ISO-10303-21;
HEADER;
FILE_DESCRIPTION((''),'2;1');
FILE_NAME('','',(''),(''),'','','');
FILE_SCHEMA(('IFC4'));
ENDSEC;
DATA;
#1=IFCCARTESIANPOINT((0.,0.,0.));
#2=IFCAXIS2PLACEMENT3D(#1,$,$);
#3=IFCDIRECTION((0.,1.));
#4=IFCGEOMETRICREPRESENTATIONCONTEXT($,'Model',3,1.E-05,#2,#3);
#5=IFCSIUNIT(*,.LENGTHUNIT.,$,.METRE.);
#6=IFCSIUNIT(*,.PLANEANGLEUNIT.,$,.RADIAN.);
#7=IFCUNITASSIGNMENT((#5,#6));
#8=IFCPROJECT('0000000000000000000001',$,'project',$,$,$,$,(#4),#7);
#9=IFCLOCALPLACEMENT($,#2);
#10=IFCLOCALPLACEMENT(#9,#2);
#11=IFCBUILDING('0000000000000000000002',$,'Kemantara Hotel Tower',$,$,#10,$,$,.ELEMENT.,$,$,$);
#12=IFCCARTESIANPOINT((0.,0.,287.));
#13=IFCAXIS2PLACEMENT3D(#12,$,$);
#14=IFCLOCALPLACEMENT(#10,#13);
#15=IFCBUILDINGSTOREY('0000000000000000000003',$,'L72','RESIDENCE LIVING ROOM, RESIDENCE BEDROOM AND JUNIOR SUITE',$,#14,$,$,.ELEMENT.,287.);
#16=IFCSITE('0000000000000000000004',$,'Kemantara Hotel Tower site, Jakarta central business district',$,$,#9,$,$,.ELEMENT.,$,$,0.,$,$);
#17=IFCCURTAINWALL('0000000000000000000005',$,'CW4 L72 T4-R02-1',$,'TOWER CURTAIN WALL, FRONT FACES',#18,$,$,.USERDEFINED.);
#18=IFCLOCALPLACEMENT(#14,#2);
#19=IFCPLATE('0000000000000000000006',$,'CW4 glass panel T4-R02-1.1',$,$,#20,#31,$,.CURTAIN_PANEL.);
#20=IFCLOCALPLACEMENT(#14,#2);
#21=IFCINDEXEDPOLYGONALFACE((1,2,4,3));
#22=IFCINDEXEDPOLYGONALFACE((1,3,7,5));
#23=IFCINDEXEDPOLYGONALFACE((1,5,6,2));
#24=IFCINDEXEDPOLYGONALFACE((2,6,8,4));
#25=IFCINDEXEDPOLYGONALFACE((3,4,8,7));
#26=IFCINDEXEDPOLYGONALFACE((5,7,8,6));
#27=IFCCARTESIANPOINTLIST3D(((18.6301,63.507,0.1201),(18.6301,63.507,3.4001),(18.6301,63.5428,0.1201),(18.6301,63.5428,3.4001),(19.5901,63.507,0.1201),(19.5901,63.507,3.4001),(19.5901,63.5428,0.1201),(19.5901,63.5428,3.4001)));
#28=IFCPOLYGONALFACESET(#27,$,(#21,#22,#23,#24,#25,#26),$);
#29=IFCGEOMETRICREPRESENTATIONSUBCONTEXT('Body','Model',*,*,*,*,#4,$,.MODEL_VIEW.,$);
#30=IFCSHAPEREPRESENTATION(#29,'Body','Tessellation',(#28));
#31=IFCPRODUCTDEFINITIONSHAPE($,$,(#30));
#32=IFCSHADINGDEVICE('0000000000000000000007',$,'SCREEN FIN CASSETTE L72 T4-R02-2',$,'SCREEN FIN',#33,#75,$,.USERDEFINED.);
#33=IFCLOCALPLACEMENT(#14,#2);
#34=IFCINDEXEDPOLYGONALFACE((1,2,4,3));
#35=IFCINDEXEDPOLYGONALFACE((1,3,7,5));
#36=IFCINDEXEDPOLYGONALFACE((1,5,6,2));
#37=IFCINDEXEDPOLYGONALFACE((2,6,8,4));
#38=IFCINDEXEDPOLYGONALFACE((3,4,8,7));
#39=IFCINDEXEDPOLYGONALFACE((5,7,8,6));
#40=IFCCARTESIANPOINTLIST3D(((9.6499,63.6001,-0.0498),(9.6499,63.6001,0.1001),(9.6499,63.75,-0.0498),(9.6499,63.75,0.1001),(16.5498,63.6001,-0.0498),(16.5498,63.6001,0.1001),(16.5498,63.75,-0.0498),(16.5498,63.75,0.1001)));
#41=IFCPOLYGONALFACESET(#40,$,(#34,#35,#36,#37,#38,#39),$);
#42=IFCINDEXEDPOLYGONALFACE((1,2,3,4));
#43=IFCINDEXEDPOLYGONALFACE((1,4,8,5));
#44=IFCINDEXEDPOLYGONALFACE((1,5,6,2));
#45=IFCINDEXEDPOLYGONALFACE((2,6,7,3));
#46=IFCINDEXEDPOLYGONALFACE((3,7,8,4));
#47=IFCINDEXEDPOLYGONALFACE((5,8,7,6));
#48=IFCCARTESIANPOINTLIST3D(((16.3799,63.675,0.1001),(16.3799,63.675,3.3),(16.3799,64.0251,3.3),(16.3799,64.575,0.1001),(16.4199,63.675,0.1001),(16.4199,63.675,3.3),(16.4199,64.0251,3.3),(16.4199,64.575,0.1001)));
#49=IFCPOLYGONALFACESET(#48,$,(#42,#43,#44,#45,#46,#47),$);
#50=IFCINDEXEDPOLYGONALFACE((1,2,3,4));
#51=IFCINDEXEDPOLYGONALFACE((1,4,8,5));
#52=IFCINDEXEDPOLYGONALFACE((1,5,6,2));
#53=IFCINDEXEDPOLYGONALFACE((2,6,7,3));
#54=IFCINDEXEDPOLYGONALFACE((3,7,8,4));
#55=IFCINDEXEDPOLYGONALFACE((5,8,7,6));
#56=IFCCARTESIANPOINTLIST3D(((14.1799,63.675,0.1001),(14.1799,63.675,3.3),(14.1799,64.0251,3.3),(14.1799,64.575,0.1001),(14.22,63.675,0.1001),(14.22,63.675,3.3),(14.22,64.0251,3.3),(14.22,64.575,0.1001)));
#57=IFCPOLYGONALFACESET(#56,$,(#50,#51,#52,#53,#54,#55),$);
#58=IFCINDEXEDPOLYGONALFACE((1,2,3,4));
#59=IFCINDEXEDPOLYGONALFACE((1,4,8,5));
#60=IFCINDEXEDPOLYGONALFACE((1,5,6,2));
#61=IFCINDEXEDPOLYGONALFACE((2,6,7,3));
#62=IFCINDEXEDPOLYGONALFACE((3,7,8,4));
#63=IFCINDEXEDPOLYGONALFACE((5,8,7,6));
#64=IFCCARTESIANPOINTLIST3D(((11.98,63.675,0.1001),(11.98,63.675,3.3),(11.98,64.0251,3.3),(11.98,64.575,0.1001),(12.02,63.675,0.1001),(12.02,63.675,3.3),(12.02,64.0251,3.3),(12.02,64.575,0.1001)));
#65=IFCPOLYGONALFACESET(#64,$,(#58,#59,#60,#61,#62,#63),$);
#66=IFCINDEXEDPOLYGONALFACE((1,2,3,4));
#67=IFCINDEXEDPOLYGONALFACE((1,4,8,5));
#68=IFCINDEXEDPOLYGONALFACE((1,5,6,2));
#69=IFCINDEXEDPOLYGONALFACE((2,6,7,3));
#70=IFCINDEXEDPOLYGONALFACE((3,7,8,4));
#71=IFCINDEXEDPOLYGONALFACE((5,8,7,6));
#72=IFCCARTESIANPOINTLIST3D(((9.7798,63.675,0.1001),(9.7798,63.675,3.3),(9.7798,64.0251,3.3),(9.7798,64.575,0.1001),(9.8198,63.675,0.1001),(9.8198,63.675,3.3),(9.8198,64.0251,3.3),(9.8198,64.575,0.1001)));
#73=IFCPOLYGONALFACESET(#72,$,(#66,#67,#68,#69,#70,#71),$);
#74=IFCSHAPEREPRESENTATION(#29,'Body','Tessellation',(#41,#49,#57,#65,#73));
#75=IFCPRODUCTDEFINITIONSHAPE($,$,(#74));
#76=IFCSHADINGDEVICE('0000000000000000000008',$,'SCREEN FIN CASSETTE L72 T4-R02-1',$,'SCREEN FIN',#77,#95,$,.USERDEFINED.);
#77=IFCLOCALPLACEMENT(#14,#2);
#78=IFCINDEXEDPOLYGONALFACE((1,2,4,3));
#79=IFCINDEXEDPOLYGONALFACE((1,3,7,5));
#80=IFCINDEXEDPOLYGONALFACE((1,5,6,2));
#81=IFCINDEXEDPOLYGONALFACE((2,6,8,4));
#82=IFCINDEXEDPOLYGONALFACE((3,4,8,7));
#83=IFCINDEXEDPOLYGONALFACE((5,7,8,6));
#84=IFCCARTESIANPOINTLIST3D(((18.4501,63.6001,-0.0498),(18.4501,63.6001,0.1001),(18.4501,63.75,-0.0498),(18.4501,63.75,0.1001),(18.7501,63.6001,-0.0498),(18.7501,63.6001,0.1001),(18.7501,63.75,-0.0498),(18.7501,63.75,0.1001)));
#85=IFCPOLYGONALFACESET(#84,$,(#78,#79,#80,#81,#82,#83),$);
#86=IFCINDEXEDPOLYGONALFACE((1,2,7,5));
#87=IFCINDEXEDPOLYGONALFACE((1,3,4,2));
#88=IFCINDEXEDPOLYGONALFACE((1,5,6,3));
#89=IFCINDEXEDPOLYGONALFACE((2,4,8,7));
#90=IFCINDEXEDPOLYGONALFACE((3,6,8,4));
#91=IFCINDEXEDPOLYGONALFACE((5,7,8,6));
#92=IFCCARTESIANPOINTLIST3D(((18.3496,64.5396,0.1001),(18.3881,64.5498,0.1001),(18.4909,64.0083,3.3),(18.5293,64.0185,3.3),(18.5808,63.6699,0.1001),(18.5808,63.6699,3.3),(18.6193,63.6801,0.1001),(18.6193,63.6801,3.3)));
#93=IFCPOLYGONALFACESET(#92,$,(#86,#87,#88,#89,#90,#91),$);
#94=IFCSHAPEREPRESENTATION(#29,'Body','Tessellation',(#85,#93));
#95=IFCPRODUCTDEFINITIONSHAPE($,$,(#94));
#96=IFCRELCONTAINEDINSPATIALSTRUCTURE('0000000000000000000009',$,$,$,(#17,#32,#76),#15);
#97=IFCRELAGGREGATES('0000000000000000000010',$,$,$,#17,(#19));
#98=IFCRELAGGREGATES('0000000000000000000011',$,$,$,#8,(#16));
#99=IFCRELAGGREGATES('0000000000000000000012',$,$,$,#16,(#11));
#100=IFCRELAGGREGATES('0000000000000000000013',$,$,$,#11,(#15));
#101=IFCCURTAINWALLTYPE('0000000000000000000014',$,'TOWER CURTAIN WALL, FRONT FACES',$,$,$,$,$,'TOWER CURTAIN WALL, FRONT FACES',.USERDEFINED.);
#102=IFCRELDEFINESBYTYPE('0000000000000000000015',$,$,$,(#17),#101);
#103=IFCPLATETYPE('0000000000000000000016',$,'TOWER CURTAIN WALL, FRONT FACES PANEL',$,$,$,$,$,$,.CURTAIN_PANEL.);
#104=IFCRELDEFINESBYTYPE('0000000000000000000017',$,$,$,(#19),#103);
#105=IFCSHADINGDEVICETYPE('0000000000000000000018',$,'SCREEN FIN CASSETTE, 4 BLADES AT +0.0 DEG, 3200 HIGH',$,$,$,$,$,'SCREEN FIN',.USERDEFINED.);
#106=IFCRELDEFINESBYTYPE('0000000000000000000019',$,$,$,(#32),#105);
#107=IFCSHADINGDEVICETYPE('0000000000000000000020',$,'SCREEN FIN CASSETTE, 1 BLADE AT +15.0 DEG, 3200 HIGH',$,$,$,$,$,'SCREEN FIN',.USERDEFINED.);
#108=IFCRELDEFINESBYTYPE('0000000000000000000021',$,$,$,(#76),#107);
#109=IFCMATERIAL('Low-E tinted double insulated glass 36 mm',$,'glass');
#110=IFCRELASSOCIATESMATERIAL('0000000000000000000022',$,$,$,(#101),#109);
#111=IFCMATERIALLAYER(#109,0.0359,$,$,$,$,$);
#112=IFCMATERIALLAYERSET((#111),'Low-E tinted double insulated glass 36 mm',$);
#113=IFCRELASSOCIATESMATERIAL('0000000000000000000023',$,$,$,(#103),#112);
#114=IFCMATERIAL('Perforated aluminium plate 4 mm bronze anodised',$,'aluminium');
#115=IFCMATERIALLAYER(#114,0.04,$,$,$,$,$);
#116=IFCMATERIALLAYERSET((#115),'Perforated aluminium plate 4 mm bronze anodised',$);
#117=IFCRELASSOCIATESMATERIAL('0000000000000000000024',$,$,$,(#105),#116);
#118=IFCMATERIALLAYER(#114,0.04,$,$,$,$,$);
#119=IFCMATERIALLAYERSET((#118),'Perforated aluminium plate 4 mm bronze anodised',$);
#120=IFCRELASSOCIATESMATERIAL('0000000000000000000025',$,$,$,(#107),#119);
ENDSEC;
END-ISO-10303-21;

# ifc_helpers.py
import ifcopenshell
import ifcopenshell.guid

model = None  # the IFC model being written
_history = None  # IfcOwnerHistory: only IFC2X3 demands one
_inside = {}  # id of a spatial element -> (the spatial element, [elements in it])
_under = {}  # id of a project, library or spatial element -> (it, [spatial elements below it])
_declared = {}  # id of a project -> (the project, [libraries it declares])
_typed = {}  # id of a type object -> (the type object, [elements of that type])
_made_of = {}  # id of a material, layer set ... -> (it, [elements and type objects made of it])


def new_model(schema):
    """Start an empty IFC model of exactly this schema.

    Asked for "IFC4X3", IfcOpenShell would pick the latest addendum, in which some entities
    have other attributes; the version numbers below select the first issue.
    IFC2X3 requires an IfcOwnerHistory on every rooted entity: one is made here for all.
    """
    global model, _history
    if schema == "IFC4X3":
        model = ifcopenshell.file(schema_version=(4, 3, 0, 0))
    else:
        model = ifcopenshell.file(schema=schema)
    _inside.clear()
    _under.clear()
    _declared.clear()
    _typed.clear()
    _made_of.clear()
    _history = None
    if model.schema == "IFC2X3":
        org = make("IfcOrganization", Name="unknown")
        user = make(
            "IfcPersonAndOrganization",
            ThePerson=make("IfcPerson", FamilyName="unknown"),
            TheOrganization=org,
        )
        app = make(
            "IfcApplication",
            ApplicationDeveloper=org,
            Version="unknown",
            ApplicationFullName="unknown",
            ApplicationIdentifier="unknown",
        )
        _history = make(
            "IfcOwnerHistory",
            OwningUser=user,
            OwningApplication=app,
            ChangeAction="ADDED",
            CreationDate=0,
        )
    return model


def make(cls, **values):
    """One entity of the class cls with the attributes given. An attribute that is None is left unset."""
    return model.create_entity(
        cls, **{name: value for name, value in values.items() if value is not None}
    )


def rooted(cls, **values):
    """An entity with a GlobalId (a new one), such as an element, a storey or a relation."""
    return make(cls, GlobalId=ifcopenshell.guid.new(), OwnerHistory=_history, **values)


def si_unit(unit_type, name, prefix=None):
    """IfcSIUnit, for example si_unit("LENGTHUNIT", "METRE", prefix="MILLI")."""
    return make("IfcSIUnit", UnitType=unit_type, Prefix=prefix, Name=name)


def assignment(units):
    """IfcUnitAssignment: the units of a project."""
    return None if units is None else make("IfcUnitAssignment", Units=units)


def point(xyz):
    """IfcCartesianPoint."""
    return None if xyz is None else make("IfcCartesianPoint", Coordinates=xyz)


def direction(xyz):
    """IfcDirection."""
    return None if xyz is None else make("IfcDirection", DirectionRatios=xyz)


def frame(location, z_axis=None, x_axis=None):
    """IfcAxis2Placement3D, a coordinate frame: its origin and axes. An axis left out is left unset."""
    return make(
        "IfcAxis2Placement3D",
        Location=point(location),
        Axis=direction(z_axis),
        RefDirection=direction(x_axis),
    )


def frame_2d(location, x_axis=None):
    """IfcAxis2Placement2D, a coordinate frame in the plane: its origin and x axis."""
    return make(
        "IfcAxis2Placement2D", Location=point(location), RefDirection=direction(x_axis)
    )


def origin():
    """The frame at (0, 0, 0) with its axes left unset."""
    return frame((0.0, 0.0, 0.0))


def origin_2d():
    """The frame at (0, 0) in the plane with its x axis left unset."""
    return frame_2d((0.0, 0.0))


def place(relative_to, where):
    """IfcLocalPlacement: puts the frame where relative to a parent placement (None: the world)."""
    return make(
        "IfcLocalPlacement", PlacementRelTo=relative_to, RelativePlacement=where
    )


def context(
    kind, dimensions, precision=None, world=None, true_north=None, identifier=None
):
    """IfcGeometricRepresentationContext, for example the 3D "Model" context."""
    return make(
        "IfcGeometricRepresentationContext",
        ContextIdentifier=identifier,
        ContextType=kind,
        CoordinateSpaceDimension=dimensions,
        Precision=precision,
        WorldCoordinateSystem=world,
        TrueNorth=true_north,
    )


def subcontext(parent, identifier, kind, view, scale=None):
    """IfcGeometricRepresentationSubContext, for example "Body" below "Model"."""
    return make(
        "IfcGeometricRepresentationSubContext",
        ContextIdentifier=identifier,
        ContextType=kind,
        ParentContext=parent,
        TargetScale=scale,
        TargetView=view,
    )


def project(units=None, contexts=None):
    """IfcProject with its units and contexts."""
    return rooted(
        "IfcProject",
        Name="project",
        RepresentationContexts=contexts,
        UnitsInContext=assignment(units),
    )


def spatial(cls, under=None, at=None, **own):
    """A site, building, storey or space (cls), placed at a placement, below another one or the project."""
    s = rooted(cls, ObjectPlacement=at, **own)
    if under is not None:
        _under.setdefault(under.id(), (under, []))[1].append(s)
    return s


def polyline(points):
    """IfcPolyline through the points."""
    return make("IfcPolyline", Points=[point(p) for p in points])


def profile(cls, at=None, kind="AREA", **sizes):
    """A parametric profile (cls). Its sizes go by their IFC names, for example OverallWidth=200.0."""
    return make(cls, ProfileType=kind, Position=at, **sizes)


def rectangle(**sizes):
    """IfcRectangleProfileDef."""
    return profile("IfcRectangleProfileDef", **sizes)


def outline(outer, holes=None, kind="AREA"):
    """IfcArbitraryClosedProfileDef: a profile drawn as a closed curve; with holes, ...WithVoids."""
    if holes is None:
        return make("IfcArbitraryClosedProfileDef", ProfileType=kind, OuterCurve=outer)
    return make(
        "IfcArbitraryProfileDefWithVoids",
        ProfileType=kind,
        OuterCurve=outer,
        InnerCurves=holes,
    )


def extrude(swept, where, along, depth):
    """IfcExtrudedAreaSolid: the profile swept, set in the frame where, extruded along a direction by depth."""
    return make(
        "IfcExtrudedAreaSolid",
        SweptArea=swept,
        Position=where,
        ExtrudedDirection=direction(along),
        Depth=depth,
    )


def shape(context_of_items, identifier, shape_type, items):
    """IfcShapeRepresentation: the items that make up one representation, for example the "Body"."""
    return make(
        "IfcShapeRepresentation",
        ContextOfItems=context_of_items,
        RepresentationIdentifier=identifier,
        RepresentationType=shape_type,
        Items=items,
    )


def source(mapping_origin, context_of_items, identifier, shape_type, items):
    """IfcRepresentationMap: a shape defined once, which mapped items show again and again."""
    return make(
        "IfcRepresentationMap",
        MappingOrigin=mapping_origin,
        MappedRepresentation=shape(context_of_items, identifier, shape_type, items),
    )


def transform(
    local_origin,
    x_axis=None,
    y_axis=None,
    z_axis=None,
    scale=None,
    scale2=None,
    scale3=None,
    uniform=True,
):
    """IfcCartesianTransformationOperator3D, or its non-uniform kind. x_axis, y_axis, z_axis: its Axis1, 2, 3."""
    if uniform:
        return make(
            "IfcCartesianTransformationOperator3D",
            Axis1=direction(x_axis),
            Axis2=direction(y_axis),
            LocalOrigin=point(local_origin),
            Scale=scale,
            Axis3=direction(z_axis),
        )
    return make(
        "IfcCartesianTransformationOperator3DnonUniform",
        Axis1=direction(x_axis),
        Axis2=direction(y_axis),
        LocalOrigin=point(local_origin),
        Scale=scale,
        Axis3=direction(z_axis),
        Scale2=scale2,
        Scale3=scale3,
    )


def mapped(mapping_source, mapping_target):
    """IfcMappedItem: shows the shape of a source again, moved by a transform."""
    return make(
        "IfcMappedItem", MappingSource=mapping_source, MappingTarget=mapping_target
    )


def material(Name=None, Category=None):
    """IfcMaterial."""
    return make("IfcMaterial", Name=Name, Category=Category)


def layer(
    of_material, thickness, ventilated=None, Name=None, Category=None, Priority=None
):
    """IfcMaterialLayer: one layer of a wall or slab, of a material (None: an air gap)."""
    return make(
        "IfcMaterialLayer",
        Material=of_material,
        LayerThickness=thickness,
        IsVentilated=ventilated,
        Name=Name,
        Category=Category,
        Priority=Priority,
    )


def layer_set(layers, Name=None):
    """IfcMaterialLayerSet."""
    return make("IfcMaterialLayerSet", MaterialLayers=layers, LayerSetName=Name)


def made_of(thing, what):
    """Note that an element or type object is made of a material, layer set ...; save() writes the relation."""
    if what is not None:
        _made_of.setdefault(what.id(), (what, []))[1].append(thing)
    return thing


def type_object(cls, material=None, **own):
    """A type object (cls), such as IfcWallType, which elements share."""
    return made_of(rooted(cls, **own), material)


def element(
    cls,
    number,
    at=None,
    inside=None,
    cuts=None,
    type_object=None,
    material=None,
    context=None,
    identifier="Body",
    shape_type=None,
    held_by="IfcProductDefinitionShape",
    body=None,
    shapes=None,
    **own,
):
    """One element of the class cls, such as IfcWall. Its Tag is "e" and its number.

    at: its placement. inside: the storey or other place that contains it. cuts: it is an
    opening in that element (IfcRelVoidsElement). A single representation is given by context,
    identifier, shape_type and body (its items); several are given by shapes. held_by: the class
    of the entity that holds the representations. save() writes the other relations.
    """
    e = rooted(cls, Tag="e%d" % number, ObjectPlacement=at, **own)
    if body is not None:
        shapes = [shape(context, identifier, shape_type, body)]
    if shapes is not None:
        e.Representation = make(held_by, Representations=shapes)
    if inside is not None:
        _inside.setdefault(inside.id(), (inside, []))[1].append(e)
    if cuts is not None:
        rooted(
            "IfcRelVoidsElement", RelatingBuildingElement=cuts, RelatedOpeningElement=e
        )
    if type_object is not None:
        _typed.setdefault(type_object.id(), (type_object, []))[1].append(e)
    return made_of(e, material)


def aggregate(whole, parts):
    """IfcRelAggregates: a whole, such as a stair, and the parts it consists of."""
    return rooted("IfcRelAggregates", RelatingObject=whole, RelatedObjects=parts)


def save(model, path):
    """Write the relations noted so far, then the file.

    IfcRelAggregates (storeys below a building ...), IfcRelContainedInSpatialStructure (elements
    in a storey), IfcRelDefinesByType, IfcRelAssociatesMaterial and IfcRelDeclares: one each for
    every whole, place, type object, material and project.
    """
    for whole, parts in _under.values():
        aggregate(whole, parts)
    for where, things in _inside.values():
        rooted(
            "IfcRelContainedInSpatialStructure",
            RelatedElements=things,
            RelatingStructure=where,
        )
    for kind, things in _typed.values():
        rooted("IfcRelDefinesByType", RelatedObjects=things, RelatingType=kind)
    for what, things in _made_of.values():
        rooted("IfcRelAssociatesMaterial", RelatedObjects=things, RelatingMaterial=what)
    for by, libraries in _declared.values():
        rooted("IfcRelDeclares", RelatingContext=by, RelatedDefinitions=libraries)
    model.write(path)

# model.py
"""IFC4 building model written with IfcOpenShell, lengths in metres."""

from ifc_helpers import new_model, si_unit, direction, frame, origin, origin_2d, place, context, subcontext, project, spatial, polyline, rectangle, outline, extrude, source, transform, mapped, material, layer, layer_set, type_object, element, aggregate, save


model = new_model("IFC4")

# Units and contexts
model_context = context("Model", 3, precision=1e-05, world=origin(), true_north=direction((0.0, 1.0)))
body_context = subcontext(model_context, "Body", "Model", "MODEL_VIEW")
ifc_project = project(units=[si_unit("LENGTHUNIT", "METRE"), si_unit("PLANEANGLEUNIT", "RADIAN")], contexts=[model_context])

# Site, building, storey
site_placement = place(None, origin())
site = spatial("IfcSite", under=ifc_project, at=site_placement, Name="Kemantara Hotel Tower site, Jakarta central business district", CompositionType="ELEMENT", RefElevation=0.0)
building_placement = place(site_placement, origin())
building = spatial("IfcBuilding", under=site, at=building_placement, Name="Kemantara Hotel Tower", CompositionType="ELEMENT")
storey_placement = place(building_placement, frame((0.0, 0.0, 287.0)))
storey = spatial("IfcBuildingStorey", under=building, at=storey_placement, Name="L72", Description="RESIDENCE LIVING ROOM, RESIDENCE BEDROOM AND JUNIOR SUITE", CompositionType="ELEMENT", Elevation=287.0)

# Curtain wall
ifc_material_1 = material(Name="Low-E tinted double insulated glass 36 mm", Category="glass")
curtain_wall_type = type_object("IfcCurtainWallType", Name="TOWER CURTAIN WALL, FRONT FACES", ElementType="TOWER CURTAIN WALL, FRONT FACES", PredefinedType="USERDEFINED", material=ifc_material_1)
curtain_wall_1_placement = place(storey_placement, origin())
curtain_wall_1 = element("IfcCurtainWall", 1, at=curtain_wall_1_placement, inside=storey, type_object=curtain_wall_type, Name="CW4 L72 T4-R02-1", ObjectType="TOWER CURTAIN WALL, FRONT FACES", PredefinedType="USERDEFINED")

# Plate
ifc_layer_1 = layer(ifc_material_1, 0.0359)
ifc_layer_set_1 = layer_set([ifc_layer_1], Name="Low-E tinted double insulated glass 36 mm")
plate_type = type_object("IfcPlateType", Name="TOWER CURTAIN WALL, FRONT FACES PANEL", PredefinedType="CURTAIN_PANEL", material=ifc_layer_set_1)
shared_shape_1 = source(origin(), body_context, "Body", "SweptSolid", [
    extrude(rectangle(XDim=0.96, YDim=0.0359, at=origin_2d()), origin(), (0.0, 0.0, 1.0), 3.28),
])
plate_1_placement = place(storey_placement, frame((19.1101, 63.5249, 0.1201), z_axis=(0.0, 0.0, 1.0), x_axis=(-1.0, 0.0, 0.0)))
plate_1 = element("IfcPlate", 2, at=plate_1_placement, type_object=plate_type, Name="CW4 glass panel T4-R02-1.1", PredefinedType="CURTAIN_PANEL", context=body_context, shape_type="MappedRepresentation", body=[
    mapped(shared_shape_1, transform((0.0, 0.0, 0.0))),
])
aggregate(curtain_wall_1, [plate_1])

# Shading devices
ifc_material_2 = material(Name="Perforated aluminium plate 4 mm bronze anodised", Category="aluminium")
ifc_layer_2 = layer(ifc_material_2, 0.04)
ifc_layer_set_2 = layer_set([ifc_layer_2], Name="Perforated aluminium plate 4 mm bronze anodised")
shading_device_type_1 = type_object("IfcShadingDeviceType", Name="SCREEN FIN CASSETTE, 4 BLADES AT +0.0 DEG, 3200 HIGH", ElementType="SCREEN FIN", PredefinedType="USERDEFINED", material=ifc_layer_set_2)
shared_shape_2 = source(origin(), body_context, "Body", "SweptSolid", [
    extrude(rectangle(XDim=6.8999, YDim=0.1499, at=origin_2d()), frame((3.3, -0.075, -0.1499), z_axis=(0.0, 0.0, 1.0), x_axis=(1.0, 0.0, 0.0)), (0.0, 0.0, 1.0), 0.1499),
    extrude(outline(polyline([(0.0, 0.0), (0.8999, 0.0), (0.3501, 3.2), (0.0, 3.2), (0.0, 0.0)])), frame((0.02, -0.075, 0.0), z_axis=(-1.0, 0.0, 0.0), x_axis=(0.0, -1.0, 0.0)), (0.0, 0.0, 1.0), 0.04),
    extrude(outline(polyline([(0.0, 0.0), (0.8999, 0.0), (0.3501, 3.2), (0.0, 3.2), (0.0, 0.0)])), frame((2.22, -0.075, 0.0), z_axis=(-1.0, 0.0, 0.0), x_axis=(0.0, -1.0, 0.0)), (0.0, 0.0, 1.0), 0.04),
    extrude(outline(polyline([(0.0, 0.0), (0.8999, 0.0), (0.3501, 3.2), (0.0, 3.2), (0.0, 0.0)])), frame((4.4199, -0.075, 0.0), z_axis=(-1.0, 0.0, 0.0), x_axis=(0.0, -1.0, 0.0)), (0.0, 0.0, 1.0), 0.04),
    extrude(outline(polyline([(0.0, 0.0), (0.8999, 0.0), (0.3501, 3.2), (0.0, 3.2), (0.0, 0.0)])), frame((6.6201, -0.075, 0.0), z_axis=(-1.0, 0.0, 0.0), x_axis=(0.0, -1.0, 0.0)), (0.0, 0.0, 1.0), 0.04),
])
shading_device_1_placement = place(storey_placement, frame((16.3999, 63.6001, 0.1001), z_axis=(0.0, 0.0, 1.0), x_axis=(-1.0, 0.0, 0.0)))
element("IfcShadingDevice", 3, at=shading_device_1_placement, inside=storey, type_object=shading_device_type_1, Name="SCREEN FIN CASSETTE L72 T4-R02-2", ObjectType="SCREEN FIN", PredefinedType="USERDEFINED", context=body_context, shape_type="MappedRepresentation", body=[
    mapped(shared_shape_2, transform((0.0, 0.0, 0.0))),
])
ifc_layer_3 = layer(ifc_material_2, 0.04)
ifc_layer_set_3 = layer_set([ifc_layer_3], Name="Perforated aluminium plate 4 mm bronze anodised")
shading_device_type_2 = type_object("IfcShadingDeviceType", Name="SCREEN FIN CASSETTE, 1 BLADE AT +15.0 DEG, 3200 HIGH", ElementType="SCREEN FIN", PredefinedType="USERDEFINED", material=ifc_layer_set_3)
shared_shape_3 = source(origin(), body_context, "Body", "SweptSolid", [
    extrude(rectangle(XDim=0.3, YDim=0.1499, at=origin_2d()), frame((0.0, -0.075, -0.1499), z_axis=(0.0, 0.0, 1.0), x_axis=(1.0, 0.0, 0.0)), (0.0, 0.0, 1.0), 0.1499),
    extrude(outline(polyline([(0.0, 0.0), (0.8999, 0.0), (0.3501, 3.2), (0.0, 3.2), (0.0, 0.0)])), frame((0.0193, -0.0698, 0.0), z_axis=(-0.966438, -0.256901, 0.0), x_axis=(0.256901, -0.966438, 0.0)), (0.0, 0.0, 1.0), 0.0398),
])
shading_device_2_placement = place(storey_placement, frame((18.6001, 63.6001, 0.1001), z_axis=(0.0, 0.0, 1.0), x_axis=(-1.0, 0.0, 0.0)))
element("IfcShadingDevice", 4, at=shading_device_2_placement, inside=storey, type_object=shading_device_type_2, Name="SCREEN FIN CASSETTE L72 T4-R02-1", ObjectType="SCREEN FIN", PredefinedType="USERDEFINED", context=body_context, shape_type="MappedRepresentation", body=[
    mapped(shared_shape_3, transform((0.0, 0.0, 0.0))),
])

save(model, "model.ifc")
